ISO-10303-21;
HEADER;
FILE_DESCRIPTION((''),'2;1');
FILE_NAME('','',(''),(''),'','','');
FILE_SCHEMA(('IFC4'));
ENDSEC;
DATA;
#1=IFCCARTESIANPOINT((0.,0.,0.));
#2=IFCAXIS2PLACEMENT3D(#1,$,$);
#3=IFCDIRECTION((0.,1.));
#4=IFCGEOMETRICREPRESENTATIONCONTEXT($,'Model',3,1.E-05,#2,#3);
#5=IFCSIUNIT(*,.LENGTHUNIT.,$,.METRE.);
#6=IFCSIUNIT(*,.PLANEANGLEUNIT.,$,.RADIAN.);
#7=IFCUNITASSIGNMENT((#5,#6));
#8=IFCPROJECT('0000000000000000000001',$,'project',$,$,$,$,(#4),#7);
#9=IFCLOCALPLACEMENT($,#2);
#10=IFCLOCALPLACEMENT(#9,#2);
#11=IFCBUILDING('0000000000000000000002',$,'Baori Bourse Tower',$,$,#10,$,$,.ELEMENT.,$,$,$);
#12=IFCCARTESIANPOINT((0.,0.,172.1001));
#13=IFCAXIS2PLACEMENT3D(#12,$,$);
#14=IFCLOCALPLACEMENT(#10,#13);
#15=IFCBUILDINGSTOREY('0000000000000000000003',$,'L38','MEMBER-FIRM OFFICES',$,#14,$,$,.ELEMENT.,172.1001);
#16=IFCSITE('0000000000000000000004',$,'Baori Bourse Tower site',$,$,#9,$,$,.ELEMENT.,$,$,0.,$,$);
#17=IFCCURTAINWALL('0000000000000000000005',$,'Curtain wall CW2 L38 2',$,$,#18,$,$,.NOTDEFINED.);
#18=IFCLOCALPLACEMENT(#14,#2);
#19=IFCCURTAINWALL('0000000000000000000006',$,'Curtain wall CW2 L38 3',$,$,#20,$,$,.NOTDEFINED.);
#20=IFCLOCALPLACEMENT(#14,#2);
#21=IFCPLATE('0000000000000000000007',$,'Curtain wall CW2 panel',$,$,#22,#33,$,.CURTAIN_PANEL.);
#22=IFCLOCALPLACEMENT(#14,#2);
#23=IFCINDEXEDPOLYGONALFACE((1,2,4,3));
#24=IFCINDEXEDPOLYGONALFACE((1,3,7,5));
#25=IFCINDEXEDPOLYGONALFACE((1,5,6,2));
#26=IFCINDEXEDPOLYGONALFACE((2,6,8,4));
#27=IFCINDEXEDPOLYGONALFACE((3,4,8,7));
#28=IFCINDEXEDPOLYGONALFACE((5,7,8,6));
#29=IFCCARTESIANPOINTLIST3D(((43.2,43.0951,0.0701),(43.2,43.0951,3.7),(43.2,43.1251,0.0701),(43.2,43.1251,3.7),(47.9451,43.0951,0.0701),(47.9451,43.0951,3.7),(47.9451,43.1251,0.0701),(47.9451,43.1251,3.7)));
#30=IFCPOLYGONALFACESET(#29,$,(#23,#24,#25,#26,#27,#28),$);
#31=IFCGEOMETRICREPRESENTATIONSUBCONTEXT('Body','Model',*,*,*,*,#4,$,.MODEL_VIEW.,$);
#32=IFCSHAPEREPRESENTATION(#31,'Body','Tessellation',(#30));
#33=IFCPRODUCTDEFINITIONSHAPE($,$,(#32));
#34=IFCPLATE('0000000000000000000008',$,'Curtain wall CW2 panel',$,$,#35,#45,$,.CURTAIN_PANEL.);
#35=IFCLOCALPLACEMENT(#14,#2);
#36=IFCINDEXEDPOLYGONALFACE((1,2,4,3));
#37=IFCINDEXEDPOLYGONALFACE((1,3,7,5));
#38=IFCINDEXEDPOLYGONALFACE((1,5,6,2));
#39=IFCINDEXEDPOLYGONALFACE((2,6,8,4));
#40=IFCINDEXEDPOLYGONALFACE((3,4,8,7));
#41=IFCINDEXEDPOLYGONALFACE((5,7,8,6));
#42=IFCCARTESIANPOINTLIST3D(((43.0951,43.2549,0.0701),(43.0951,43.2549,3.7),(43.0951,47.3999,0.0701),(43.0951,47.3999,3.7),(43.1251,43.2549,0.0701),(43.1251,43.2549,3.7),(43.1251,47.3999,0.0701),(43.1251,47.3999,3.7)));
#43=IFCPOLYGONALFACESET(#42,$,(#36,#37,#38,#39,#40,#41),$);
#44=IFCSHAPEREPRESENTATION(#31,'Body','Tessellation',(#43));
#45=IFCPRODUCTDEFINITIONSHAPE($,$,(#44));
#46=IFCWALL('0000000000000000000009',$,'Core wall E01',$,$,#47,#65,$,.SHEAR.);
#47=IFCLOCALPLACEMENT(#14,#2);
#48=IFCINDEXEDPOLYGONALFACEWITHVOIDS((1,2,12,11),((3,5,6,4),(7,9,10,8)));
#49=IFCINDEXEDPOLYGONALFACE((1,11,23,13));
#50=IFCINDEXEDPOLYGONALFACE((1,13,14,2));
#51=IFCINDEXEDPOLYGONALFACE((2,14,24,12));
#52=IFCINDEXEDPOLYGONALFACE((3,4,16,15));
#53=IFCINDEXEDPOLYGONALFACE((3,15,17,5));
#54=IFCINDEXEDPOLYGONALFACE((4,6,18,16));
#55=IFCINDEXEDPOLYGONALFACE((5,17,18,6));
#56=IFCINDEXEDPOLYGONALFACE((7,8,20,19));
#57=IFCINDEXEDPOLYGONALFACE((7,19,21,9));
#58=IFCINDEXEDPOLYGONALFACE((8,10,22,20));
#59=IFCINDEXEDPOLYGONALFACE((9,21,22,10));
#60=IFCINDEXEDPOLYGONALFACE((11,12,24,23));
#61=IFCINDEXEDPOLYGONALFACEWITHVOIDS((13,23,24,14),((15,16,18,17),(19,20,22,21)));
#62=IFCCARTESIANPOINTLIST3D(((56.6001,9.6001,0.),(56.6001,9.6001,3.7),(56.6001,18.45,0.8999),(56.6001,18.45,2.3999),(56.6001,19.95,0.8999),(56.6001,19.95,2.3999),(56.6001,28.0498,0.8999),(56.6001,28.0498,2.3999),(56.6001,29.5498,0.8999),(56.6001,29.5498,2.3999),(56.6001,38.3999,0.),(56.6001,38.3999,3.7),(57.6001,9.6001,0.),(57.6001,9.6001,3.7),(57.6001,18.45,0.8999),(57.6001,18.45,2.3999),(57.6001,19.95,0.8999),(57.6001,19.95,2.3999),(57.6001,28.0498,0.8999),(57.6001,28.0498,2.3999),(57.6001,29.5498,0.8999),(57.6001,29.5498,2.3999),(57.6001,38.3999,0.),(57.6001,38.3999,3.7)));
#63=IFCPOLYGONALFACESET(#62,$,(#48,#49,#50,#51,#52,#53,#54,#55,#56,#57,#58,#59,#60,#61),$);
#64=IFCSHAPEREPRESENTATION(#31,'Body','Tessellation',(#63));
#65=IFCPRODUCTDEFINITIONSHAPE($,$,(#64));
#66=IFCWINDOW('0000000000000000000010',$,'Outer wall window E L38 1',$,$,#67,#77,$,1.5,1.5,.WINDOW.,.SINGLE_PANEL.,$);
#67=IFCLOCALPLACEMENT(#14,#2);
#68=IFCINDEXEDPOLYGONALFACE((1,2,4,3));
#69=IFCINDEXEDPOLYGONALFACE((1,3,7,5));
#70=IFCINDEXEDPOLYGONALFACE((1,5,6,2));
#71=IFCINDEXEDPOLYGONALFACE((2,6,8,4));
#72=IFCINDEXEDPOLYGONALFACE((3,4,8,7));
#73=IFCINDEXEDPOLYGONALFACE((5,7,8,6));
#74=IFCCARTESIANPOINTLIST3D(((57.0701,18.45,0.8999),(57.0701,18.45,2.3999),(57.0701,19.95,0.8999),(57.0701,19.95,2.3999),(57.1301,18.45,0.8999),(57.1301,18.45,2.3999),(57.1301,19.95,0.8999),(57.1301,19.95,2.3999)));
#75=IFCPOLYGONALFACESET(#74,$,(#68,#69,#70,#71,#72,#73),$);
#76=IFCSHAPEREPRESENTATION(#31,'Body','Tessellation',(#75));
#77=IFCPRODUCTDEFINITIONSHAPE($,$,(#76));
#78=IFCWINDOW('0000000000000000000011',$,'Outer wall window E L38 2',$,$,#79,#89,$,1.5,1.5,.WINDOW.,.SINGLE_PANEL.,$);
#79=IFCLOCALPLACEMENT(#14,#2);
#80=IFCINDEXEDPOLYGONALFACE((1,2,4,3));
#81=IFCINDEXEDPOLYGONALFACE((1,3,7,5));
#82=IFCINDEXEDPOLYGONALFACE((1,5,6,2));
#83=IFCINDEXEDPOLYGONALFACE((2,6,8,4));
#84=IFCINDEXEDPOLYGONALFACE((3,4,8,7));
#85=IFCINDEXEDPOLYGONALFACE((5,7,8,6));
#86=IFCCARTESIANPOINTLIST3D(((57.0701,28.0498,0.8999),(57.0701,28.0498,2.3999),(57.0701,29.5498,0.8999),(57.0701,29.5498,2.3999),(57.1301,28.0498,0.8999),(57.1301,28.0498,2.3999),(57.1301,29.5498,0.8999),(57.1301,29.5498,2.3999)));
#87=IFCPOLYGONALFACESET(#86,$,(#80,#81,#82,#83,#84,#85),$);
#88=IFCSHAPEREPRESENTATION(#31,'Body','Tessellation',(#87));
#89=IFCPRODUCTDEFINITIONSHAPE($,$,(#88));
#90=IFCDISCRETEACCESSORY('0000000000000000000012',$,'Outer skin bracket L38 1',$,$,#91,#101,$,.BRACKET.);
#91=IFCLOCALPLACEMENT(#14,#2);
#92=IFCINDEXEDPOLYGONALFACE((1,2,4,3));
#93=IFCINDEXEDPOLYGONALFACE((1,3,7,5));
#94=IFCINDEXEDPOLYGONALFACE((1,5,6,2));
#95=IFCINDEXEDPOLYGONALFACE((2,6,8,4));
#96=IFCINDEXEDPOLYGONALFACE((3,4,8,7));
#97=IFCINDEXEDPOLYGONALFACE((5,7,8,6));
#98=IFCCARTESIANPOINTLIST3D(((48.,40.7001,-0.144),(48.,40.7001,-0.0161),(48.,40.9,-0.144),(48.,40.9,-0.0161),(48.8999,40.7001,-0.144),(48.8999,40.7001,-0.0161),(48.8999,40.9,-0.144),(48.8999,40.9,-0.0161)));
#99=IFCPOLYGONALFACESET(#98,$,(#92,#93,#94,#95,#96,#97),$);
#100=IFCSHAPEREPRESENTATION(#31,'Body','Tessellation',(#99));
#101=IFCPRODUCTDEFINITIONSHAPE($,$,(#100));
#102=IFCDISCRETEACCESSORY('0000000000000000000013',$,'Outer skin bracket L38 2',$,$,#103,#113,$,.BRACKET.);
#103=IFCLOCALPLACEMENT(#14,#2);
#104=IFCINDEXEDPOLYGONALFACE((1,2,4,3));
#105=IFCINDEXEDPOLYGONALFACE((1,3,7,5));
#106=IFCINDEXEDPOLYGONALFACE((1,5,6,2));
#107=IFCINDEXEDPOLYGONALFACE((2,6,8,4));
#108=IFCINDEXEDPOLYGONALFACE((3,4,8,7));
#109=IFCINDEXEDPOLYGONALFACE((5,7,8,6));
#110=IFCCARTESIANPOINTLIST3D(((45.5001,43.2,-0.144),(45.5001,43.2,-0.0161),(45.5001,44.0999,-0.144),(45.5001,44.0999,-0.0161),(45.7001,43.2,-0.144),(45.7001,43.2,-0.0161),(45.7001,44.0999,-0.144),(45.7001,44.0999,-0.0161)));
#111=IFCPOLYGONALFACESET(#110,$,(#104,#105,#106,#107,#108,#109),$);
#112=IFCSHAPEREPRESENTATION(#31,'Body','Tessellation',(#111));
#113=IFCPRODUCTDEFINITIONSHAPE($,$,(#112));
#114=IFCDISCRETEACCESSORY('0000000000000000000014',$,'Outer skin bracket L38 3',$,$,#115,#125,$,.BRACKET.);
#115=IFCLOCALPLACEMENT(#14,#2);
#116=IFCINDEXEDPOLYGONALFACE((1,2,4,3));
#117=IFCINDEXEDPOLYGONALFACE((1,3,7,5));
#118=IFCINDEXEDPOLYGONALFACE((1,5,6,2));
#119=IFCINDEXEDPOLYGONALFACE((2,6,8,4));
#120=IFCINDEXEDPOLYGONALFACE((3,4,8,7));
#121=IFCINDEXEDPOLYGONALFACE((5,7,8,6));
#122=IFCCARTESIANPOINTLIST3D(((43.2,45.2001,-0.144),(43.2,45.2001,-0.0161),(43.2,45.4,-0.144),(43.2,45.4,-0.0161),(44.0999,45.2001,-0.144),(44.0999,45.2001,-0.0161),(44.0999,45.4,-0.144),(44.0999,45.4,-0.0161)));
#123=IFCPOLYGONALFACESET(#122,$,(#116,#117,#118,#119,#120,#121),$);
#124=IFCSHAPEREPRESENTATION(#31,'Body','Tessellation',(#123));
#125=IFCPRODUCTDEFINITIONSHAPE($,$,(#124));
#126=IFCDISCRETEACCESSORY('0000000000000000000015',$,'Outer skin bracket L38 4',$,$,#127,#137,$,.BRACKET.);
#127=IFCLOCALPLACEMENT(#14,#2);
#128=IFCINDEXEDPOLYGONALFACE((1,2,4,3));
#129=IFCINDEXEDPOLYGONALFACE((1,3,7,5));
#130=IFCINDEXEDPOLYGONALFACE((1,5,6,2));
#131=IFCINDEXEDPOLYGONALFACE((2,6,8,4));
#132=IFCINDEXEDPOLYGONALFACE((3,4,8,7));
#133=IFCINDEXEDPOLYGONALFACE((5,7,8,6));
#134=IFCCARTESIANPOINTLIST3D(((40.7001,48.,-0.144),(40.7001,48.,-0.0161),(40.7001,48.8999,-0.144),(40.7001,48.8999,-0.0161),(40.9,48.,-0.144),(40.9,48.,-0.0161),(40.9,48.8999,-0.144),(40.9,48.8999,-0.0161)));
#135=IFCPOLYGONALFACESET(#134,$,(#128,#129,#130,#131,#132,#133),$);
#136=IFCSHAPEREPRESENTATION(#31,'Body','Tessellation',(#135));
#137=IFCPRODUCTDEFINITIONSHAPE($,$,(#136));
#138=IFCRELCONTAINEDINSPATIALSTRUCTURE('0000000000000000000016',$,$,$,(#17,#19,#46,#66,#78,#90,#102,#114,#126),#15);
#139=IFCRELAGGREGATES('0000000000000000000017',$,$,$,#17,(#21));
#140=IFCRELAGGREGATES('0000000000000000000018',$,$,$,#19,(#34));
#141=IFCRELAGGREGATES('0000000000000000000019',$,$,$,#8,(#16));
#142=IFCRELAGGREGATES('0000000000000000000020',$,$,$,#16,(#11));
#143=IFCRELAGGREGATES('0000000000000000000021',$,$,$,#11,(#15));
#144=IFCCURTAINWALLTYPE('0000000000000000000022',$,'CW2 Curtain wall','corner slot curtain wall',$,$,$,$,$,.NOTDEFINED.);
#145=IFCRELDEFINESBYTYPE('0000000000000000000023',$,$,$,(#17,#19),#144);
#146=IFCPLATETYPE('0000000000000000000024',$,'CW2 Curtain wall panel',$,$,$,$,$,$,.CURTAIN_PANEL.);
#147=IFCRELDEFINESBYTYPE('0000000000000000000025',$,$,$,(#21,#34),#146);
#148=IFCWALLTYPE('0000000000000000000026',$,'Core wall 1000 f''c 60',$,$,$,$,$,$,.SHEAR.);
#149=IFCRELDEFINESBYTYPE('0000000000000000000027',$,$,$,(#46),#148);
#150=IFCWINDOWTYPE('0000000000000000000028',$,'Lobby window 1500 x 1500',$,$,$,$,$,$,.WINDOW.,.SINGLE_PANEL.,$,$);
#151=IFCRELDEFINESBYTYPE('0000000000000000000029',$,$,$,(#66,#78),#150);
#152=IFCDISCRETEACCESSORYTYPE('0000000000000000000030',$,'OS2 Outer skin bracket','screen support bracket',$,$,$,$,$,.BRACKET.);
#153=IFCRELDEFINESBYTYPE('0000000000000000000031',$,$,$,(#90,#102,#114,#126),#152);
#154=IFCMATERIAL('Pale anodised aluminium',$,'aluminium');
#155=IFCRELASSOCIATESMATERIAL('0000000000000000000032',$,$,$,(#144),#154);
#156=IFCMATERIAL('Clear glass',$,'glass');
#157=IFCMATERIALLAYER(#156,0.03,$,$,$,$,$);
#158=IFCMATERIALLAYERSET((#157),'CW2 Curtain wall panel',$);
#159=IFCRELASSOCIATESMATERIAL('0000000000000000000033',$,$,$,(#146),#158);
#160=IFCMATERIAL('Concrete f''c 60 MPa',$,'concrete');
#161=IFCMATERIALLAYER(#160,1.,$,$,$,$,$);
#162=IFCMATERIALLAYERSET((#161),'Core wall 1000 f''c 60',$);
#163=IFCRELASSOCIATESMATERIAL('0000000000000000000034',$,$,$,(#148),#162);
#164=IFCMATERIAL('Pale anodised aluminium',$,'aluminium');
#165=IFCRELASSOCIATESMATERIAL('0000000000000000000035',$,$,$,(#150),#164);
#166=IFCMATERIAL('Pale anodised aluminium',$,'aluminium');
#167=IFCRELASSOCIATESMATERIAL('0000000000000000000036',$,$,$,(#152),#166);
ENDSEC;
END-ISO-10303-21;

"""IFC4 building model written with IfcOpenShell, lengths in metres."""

from ifc_helpers import new_model, si_unit, direction, frame, frame_2d, origin, origin_2d, place, context, subcontext, project, spatial, rectangle, extrude, material, layer, layer_set, type_object, element, fill, aggregate, save


model = new_model("IFC4")

# Units and contexts
model_context = context("Model", 3, precision=1e-05, world=origin(), true_north=direction((0.0, 1.0)))
body_context = subcontext(model_context, "Body", "Model", "MODEL_VIEW")
ifc_project = project(units=[si_unit("LENGTHUNIT", "METRE"), si_unit("PLANEANGLEUNIT", "RADIAN")], contexts=[model_context])

# Site, building, storey
site_placement = place(None, origin())
site = spatial("IfcSite", under=ifc_project, at=site_placement, Name="Baori Bourse Tower site", CompositionType="ELEMENT", RefElevation=0.0)
building_placement = place(site_placement, origin())
building = spatial("IfcBuilding", under=site, at=building_placement, Name="Baori Bourse Tower", CompositionType="ELEMENT")
storey_placement = place(building_placement, frame((0.0, 0.0, 172.1001)))
storey = spatial("IfcBuildingStorey", under=building, at=storey_placement, Name="L38", Description="MEMBER-FIRM OFFICES", CompositionType="ELEMENT", Elevation=172.1001)

# Curtain walls
ifc_material_1 = material(Name="Pale anodised aluminium", Category="aluminium")
curtain_wall_type_1 = type_object("IfcCurtainWallType", Name="CW2 Curtain wall", Description="corner slot curtain wall", PredefinedType="NOTDEFINED", material=ifc_material_1)
curtain_wall_1_placement = place(storey_placement, origin())
curtain_wall_1 = element("IfcCurtainWall", 1, at=curtain_wall_1_placement, inside=storey, type_object=curtain_wall_type_1, Name="Curtain wall CW2 L38 2", PredefinedType="NOTDEFINED")
curtain_wall_2_placement = place(storey_placement, origin())
curtain_wall_2 = element("IfcCurtainWall", 2, at=curtain_wall_2_placement, inside=storey, type_object=curtain_wall_type_1, Name="Curtain wall CW2 L38 3", PredefinedType="NOTDEFINED")

# Shared definitions
ifc_material_2 = material(Name="Clear glass", Category="glass")
ifc_layer_1 = layer(ifc_material_2, 0.03)
ifc_layer_set_1 = layer_set([ifc_layer_1], Name="CW2 Curtain wall panel")
plate_type_1 = type_object("IfcPlateType", Name="CW2 Curtain wall panel", PredefinedType="CURTAIN_PANEL", material=ifc_layer_set_1)

# Plates
plate_1_placement = place(storey_placement, frame((45.5725, 43.1101, 0.0701), z_axis=(0.0, 0.0, 1.0), x_axis=(-1.0, 0.0, 0.0)))
plate_1 = element("IfcPlate", 3, at=plate_1_placement, type_object=plate_type_1, Name="Curtain wall CW2 panel", PredefinedType="CURTAIN_PANEL", context=body_context, shape_type="SweptSolid", body=[
    extrude(rectangle(XDim=4.7451, YDim=0.03, at=origin_2d()), origin(), (0.0, 0.0, 1.0), 3.6299),
])
aggregate(curtain_wall_1, [plate_1])
plate_2_placement = place(storey_placement, frame((43.1101, 45.3274, 0.0701), z_axis=(0.0, 0.0, 1.0), x_axis=(0.0, 1.0, 0.0)))
plate_2 = element("IfcPlate", 4, at=plate_2_placement, type_object=plate_type_1, Name="Curtain wall CW2 panel", PredefinedType="CURTAIN_PANEL", context=body_context, shape_type="SweptSolid", body=[
    extrude(rectangle(XDim=4.145, YDim=0.03, at=origin_2d()), origin(), (0.0, 0.0, 1.0), 3.6299),
])
aggregate(curtain_wall_2, [plate_2])

# Wall, openings, windows
ifc_material_3 = material(Name="Concrete f'c 60 MPa", Category="concrete")
ifc_layer_2 = layer(ifc_material_3, 1.0)
ifc_layer_set_2 = layer_set([ifc_layer_2], Name="Core wall 1000 f'c 60")
wall_type = type_object("IfcWallType", Name="Core wall 1000 f'c 60", PredefinedType="SHEAR", material=ifc_layer_set_2)
wall_placement = place(storey_placement, frame((57.1001, 38.3999, 0.0), z_axis=(0.0, 0.0, 1.0), x_axis=(0.0, -1.0, 0.0)))
wall = element("IfcWall", 5, at=wall_placement, inside=storey, type_object=wall_type, Name="Core wall E01", PredefinedType="SHEAR", context=body_context, shape_type="SweptSolid", body=[
    extrude(rectangle(XDim=28.7998, YDim=1.0, at=frame_2d((14.3999, 0.0))), origin(), (0.0, 0.0, 1.0), 3.7),
])
opening_1_placement = place(wall_placement, frame((18.45, 0.0, 0.8999)))
opening_1 = element("IfcOpeningElement", 6, at=opening_1_placement, cuts=wall, PredefinedType="OPENING", context=body_context, shape_type="SweptSolid", body=[
    extrude(rectangle(XDim=1.5, YDim=1.5, at=frame_2d((0.75, 0.75))), frame((0.0, 0.51, 0.0), z_axis=(0.0, -1.0, 0.0), x_axis=(1.0, 0.0, 0.0)), (0.0, 0.0, 1.0), 1.02),
])
opening_2_placement = place(wall_placement, frame((8.8501, 0.0, 0.8999)))
opening_2 = element("IfcOpeningElement", 7, at=opening_2_placement, cuts=wall, PredefinedType="OPENING", context=body_context, shape_type="SweptSolid", body=[
    extrude(rectangle(XDim=1.5, YDim=1.5, at=frame_2d((0.75, 0.75))), frame((0.0, 0.51, 0.0), z_axis=(0.0, -1.0, 0.0), x_axis=(1.0, 0.0, 0.0)), (0.0, 0.0, 1.0), 1.02),
])
ifc_material_4 = material(Name="Pale anodised aluminium", Category="aluminium")
window_type = type_object("IfcWindowType", Name="Lobby window 1500 x 1500", PartitioningType="SINGLE_PANEL", PredefinedType="WINDOW", material=ifc_material_4)
window_1_placement = place(opening_1_placement, origin())
window_1 = element("IfcWindow", 8, at=window_1_placement, inside=storey, type_object=window_type, Name="Outer wall window E L38 1", OverallHeight=1.5, OverallWidth=1.5, PartitioningType="SINGLE_PANEL", PredefinedType="WINDOW", context=body_context, shape_type="SweptSolid", body=[
    extrude(rectangle(XDim=1.5, YDim=1.5, at=frame_2d((0.75, 0.75))), frame((0.0, 0.03, 0.0), z_axis=(0.0, -1.0, 0.0), x_axis=(1.0, 0.0, 0.0)), (0.0, 0.0, 1.0), 0.0601),
])
fill(opening_1, window_1)
window_2_placement = place(opening_2_placement, origin())
window_2 = element("IfcWindow", 9, at=window_2_placement, inside=storey, type_object=window_type, Name="Outer wall window E L38 2", OverallHeight=1.5, OverallWidth=1.5, PartitioningType="SINGLE_PANEL", PredefinedType="WINDOW", context=body_context, shape_type="SweptSolid", body=[
    extrude(rectangle(XDim=1.5, YDim=1.5, at=frame_2d((0.75, 0.75))), frame((0.0, 0.03, 0.0), z_axis=(0.0, -1.0, 0.0), x_axis=(1.0, 0.0, 0.0)), (0.0, 0.0, 1.0), 0.0601),
])
fill(opening_2, window_2)

# Discrete accessories
ifc_material_5 = material(Name="Pale anodised aluminium", Category="aluminium")
discrete_accessory_type = type_object("IfcDiscreteAccessoryType", Name="OS2 Outer skin bracket", Description="screen support bracket", PredefinedType="BRACKET", material=ifc_material_5)
for number, where, z_axis, x_axis, name in (
    (10, (48.45, 40.8, -0.144), (0.0, 0.0, 1.0), (0.0, 1.0, 0.0), "Outer skin bracket L38 1"),
    (11, (45.6001, 43.6499, -0.144), (0.0, 0.0, 1.0), (-1.0, 0.0, 0.0), "Outer skin bracket L38 2"),
    (12, (43.6499, 45.3, -0.144), (0.0, 0.0, 1.0), (0.0, 1.0, 0.0), "Outer skin bracket L38 3"),
    (13, (40.8, 48.45, -0.144), (0.0, 0.0, 1.0), (-1.0, 0.0, 0.0), "Outer skin bracket L38 4"),
):
    element("IfcDiscreteAccessory", number, at=place(storey_placement, frame(where, z_axis=z_axis, x_axis=x_axis)), inside=storey, type_object=discrete_accessory_type, Name=name, PredefinedType="BRACKET", context=body_context, shape_type="SweptSolid", body=[
        extrude(rectangle(XDim=0.2, YDim=0.8999, at=origin_2d()), origin(), (0.0, 0.0, 1.0), 0.1279),
    ])

save(model, "model.ifc")
